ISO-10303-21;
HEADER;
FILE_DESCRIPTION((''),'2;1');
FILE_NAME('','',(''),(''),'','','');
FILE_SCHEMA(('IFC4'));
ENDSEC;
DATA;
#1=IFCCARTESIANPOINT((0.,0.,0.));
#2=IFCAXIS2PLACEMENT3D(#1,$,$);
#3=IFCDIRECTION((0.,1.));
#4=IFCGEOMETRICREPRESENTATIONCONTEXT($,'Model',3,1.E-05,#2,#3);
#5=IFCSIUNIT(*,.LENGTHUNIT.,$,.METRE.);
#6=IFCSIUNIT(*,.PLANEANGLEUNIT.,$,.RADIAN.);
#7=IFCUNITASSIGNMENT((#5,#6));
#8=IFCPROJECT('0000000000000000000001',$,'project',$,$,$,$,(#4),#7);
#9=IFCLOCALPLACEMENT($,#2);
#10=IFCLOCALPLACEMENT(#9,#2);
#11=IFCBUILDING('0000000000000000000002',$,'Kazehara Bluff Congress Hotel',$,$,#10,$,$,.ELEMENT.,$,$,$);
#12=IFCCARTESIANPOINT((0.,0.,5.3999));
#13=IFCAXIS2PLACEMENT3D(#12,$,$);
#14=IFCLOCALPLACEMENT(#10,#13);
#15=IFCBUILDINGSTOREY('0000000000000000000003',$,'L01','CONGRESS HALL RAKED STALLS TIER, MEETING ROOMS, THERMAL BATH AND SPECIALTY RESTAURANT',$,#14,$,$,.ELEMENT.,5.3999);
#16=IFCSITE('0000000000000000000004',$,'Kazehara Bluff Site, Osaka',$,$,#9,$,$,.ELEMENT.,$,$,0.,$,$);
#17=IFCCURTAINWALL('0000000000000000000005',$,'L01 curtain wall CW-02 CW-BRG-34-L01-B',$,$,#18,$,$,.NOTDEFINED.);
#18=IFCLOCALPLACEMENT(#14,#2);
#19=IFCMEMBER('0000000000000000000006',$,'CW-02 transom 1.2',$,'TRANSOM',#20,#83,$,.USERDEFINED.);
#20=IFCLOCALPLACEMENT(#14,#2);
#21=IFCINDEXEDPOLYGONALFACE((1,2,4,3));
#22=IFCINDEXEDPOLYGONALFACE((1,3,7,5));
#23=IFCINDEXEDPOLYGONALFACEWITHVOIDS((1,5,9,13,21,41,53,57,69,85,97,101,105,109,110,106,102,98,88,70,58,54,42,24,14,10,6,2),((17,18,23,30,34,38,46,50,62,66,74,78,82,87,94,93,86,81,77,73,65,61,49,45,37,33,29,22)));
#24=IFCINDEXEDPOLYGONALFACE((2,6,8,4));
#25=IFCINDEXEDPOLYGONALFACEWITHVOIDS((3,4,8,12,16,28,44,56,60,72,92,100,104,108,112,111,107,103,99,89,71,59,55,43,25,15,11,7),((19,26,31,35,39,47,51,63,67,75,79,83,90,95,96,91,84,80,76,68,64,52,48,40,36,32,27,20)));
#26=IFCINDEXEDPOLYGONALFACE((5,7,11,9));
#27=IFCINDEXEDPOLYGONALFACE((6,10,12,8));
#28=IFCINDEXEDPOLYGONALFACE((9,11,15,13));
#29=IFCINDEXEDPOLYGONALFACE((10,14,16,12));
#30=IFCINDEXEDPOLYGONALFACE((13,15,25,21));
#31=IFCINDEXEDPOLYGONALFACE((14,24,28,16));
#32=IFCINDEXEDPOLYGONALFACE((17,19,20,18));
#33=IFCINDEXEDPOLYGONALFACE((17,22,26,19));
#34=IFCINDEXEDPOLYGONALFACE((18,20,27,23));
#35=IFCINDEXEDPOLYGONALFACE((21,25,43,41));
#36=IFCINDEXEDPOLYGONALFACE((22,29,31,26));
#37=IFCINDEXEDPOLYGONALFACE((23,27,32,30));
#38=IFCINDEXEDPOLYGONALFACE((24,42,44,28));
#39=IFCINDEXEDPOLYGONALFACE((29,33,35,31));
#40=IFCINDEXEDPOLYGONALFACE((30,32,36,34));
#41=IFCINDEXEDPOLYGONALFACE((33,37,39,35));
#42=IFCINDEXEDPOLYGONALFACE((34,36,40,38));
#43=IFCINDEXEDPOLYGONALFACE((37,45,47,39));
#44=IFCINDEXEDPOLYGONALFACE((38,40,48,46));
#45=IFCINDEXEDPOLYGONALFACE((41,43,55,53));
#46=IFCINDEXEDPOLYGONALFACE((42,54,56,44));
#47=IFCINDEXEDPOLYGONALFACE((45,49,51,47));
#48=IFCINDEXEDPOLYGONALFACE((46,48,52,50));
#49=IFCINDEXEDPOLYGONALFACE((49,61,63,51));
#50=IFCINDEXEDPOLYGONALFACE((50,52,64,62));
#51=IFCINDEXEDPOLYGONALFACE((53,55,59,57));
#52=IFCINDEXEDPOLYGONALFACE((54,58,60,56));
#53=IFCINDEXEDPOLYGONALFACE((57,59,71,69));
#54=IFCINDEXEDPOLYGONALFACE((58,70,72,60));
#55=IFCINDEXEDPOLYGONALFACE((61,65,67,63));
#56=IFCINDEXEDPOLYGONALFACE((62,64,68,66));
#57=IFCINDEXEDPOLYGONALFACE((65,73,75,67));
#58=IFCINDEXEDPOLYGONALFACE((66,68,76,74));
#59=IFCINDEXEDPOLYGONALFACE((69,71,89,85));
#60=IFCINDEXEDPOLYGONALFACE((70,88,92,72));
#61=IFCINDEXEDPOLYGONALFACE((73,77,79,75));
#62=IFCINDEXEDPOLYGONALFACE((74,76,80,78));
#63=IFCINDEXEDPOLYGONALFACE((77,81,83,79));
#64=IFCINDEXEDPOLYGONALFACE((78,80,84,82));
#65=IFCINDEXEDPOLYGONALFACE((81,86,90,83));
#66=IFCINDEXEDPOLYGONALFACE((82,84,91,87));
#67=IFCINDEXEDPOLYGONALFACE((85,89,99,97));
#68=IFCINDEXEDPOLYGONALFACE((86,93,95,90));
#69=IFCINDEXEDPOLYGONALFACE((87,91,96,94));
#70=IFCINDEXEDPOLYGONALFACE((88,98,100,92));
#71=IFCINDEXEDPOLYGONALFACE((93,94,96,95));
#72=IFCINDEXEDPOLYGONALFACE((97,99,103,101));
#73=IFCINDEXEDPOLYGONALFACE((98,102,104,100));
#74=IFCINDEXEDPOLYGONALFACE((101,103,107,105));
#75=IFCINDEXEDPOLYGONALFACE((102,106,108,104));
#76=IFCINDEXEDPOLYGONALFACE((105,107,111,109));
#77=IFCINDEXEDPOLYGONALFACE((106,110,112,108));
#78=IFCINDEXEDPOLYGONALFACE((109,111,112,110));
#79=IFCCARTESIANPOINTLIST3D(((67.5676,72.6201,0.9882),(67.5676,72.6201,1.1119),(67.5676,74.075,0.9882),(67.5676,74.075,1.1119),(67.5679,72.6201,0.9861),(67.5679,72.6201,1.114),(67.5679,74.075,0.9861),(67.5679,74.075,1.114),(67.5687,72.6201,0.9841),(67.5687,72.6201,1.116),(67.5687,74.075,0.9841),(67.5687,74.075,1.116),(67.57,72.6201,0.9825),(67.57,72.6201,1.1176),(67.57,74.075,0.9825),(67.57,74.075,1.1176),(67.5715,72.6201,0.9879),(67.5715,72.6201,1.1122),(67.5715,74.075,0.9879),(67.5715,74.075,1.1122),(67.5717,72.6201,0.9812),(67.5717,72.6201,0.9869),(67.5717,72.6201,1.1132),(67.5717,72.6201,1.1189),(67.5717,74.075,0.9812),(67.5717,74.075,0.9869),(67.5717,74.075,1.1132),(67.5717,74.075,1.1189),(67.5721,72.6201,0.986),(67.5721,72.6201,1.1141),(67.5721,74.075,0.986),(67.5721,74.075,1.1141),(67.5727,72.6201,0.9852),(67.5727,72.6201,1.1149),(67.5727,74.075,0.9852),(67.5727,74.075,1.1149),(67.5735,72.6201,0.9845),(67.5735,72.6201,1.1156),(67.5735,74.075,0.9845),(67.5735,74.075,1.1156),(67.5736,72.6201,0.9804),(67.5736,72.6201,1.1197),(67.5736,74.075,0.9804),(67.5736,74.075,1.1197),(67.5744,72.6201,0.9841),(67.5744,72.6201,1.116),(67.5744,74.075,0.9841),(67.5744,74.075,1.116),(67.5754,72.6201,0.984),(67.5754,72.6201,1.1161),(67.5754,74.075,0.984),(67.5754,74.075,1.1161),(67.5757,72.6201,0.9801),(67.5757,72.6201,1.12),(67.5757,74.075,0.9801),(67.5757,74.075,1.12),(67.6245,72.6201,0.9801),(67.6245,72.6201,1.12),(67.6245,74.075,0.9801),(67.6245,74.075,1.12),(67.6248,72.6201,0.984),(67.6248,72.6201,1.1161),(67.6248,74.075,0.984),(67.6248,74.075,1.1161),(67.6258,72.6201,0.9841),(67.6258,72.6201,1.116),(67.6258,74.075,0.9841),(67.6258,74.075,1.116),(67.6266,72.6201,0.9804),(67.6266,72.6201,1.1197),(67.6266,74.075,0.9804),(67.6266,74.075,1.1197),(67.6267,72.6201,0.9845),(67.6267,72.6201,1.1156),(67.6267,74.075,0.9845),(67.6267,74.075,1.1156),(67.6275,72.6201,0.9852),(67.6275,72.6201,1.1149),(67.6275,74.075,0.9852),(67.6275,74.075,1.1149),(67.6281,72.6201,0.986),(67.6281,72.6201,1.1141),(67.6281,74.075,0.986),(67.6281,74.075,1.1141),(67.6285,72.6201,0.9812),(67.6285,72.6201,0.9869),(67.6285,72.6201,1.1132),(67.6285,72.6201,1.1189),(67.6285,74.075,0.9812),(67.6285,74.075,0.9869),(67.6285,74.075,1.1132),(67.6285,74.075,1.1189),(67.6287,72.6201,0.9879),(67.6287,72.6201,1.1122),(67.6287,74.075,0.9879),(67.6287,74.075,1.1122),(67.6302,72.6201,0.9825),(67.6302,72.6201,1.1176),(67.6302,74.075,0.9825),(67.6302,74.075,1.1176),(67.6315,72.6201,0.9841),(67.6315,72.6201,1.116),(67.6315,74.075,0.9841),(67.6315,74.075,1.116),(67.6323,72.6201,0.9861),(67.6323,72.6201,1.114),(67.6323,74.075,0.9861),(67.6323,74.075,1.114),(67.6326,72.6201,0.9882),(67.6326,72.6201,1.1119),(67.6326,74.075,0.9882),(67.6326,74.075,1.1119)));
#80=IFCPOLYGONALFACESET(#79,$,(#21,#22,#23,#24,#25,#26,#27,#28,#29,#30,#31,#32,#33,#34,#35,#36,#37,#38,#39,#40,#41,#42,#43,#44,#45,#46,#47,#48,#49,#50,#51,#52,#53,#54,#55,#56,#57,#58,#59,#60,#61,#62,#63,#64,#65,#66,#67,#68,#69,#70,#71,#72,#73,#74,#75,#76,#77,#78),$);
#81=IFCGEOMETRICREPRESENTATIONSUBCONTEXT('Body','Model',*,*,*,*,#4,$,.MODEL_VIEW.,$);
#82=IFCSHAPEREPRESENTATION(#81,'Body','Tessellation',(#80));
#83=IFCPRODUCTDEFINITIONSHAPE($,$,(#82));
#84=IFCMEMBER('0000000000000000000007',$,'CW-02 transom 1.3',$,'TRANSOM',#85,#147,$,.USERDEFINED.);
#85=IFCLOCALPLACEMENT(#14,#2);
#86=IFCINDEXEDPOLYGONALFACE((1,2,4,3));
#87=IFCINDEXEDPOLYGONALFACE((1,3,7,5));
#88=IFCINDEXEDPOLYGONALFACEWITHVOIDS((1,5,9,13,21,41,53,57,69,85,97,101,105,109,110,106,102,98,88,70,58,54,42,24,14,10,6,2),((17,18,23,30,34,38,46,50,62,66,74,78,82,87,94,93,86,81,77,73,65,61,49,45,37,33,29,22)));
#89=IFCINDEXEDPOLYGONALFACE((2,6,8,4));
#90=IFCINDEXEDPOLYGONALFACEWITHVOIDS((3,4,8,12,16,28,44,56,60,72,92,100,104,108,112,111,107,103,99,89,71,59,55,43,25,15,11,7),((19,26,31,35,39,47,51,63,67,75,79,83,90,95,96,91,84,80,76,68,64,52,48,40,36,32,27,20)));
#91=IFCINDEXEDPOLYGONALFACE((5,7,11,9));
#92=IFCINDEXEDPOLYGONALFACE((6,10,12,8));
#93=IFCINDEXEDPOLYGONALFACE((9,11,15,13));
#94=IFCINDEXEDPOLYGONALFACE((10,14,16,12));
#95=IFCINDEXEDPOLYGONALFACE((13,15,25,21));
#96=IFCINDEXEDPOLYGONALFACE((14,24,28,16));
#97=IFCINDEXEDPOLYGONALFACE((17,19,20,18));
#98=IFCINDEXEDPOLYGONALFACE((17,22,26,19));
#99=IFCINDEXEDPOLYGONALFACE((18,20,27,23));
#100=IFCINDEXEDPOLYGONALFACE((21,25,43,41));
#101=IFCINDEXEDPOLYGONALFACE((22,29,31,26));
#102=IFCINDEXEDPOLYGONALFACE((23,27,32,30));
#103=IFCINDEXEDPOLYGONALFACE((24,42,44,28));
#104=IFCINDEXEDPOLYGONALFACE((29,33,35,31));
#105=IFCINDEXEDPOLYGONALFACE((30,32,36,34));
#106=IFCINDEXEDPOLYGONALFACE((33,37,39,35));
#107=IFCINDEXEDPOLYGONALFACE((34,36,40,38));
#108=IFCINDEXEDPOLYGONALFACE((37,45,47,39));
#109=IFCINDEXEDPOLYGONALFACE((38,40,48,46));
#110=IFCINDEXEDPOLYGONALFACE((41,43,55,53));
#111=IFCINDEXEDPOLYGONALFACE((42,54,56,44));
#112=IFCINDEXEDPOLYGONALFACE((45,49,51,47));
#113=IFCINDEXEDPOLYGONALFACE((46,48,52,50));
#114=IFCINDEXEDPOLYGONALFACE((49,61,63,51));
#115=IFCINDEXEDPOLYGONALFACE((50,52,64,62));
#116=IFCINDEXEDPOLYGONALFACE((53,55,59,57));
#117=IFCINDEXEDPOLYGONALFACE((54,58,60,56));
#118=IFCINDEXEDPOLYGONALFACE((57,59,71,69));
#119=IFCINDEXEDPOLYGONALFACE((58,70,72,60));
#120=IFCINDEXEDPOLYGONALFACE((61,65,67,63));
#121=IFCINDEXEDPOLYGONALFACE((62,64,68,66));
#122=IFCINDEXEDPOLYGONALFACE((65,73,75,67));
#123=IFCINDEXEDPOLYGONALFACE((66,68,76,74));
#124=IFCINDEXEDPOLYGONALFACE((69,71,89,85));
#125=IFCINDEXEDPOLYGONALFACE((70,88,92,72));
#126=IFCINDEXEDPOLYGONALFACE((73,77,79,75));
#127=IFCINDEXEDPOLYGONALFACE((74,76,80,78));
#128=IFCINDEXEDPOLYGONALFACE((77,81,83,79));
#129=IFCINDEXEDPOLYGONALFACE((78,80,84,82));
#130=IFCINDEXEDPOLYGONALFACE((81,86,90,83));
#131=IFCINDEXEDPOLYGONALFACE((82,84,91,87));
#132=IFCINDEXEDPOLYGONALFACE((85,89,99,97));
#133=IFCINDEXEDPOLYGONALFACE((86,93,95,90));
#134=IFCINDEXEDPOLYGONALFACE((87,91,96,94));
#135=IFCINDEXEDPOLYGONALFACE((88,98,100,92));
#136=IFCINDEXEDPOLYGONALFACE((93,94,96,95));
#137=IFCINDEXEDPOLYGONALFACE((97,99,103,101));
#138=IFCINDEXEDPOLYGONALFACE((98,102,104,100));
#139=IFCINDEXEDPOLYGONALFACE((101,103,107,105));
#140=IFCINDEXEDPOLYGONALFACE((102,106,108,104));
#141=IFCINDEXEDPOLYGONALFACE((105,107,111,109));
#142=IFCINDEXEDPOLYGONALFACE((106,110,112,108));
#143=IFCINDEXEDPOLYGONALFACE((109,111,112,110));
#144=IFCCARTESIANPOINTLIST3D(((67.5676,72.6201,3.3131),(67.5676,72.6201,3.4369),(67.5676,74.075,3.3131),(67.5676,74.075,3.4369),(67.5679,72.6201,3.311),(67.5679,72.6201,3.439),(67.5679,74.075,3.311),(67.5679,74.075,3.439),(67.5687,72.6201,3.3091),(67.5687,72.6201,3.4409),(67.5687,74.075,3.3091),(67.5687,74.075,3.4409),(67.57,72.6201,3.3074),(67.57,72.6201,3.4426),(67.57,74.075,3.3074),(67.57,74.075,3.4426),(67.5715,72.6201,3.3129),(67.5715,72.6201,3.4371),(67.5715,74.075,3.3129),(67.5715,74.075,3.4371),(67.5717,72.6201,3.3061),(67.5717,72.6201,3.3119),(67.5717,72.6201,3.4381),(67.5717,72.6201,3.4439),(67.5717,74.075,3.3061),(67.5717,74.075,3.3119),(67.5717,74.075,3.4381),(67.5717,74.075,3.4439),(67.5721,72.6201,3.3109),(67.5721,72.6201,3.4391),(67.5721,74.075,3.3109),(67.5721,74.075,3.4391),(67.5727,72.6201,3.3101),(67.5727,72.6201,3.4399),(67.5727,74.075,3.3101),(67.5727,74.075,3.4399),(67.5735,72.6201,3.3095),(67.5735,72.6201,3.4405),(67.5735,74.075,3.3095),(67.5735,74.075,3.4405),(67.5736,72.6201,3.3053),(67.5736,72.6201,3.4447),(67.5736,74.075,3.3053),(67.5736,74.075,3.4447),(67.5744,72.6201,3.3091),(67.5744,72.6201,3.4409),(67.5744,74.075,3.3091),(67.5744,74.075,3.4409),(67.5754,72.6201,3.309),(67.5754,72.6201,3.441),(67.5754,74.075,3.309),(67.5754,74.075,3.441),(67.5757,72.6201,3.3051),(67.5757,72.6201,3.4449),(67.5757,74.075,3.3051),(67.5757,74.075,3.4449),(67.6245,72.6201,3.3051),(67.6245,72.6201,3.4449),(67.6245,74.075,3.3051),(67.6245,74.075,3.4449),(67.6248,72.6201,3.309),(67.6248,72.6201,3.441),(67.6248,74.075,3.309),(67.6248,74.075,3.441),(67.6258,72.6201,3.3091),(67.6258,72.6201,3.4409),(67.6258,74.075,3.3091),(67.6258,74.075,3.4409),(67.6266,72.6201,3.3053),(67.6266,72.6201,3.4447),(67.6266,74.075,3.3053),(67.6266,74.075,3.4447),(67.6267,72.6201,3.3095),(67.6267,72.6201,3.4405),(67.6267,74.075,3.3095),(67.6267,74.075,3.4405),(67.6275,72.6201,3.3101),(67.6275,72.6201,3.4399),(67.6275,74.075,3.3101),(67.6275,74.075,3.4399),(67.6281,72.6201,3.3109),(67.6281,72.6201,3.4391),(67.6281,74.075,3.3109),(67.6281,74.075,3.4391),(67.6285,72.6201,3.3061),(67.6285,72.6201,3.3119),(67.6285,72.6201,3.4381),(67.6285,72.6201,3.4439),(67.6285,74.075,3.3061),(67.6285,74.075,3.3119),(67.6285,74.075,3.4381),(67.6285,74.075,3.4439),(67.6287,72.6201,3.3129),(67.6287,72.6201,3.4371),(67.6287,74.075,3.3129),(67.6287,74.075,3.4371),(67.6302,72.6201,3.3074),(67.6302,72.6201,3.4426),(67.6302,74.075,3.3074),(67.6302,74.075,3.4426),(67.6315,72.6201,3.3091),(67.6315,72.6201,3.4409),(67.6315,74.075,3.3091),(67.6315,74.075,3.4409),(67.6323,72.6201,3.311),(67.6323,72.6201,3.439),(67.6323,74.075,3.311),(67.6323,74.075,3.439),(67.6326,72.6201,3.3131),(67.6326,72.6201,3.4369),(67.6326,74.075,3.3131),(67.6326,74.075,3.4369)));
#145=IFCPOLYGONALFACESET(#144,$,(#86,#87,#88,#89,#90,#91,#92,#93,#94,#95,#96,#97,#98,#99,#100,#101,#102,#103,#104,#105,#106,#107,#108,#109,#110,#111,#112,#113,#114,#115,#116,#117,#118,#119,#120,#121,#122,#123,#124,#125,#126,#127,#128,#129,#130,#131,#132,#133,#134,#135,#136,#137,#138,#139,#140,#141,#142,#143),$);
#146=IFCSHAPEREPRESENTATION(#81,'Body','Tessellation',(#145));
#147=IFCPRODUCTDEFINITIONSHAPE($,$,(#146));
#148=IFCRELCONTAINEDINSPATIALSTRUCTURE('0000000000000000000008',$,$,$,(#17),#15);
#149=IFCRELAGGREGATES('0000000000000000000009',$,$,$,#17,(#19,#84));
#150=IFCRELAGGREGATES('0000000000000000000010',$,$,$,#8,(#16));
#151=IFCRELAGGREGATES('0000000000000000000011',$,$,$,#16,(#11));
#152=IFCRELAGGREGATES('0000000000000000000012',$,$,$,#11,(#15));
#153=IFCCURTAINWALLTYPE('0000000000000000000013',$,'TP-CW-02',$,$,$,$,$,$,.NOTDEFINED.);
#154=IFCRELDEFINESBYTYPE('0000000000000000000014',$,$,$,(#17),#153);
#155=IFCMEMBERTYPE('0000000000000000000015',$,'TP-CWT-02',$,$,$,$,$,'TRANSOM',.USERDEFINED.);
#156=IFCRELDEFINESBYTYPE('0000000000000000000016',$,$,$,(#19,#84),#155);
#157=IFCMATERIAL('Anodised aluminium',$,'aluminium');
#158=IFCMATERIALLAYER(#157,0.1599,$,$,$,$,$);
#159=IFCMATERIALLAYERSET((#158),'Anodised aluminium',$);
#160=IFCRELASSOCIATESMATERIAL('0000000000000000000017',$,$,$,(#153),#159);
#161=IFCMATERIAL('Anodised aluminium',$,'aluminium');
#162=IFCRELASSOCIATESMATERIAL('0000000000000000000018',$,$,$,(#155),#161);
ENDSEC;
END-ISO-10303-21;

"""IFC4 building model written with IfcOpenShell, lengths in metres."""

from ifc_helpers import new_model, si_unit, direction, frame, origin, origin_2d, place, context, subcontext, project, spatial, hollow_rectangle, extrude, material, layer, layer_set, material_profile, profile_set, type_object, element, aggregate, save


model = new_model("IFC4")

# Units and contexts
model_context = context("Model", 3, precision=1e-05, world=origin(), true_north=direction((0.0, 1.0)))
body_context = subcontext(model_context, "Body", "Model", "MODEL_VIEW")
ifc_project = project(units=[si_unit("LENGTHUNIT", "METRE"), si_unit("PLANEANGLEUNIT", "RADIAN")], contexts=[model_context])

# Site, building, storey
site_placement = place(None, origin())
site = spatial("IfcSite", under=ifc_project, at=site_placement, Name="Kazehara Bluff Site, Osaka", CompositionType="ELEMENT", RefElevation=0.0)
building_placement = place(site_placement, origin())
building = spatial("IfcBuilding", under=site, at=building_placement, Name="Kazehara Bluff Congress Hotel", CompositionType="ELEMENT")
storey_placement = place(building_placement, frame((0.0, 0.0, 5.3999)))
storey = spatial("IfcBuildingStorey", under=building, at=storey_placement, Name="L01", Description="CONGRESS HALL RAKED STALLS TIER, MEETING ROOMS, THERMAL BATH AND SPECIALTY RESTAURANT", CompositionType="ELEMENT", Elevation=5.3999)

# Curtain wall
ifc_material_1 = material(Name="Anodised aluminium", Category="aluminium")
ifc_layer_1 = layer(ifc_material_1, 0.1599)
ifc_layer_set_1 = layer_set([ifc_layer_1], Name="Anodised aluminium")
curtain_wall_type = type_object("IfcCurtainWallType", Name="TP-CW-02", PredefinedType="NOTDEFINED", material=ifc_layer_set_1)
curtain_wall_1_placement = place(storey_placement, origin())
curtain_wall_1 = element("IfcCurtainWall", 1, at=curtain_wall_1_placement, inside=storey, type_object=curtain_wall_type, Name="L01 curtain wall CW-02 CW-BRG-34-L01-B", PredefinedType="NOTDEFINED")

# Shared definitions
ifc_material_2 = material(Name="Anodised aluminium", Category="aluminium")
ifc_material_profile_1 = material_profile(ifc_material_2, hollow_rectangle(XDim=0.0649, YDim=0.1399, WallThickness=0.0039, InnerFilletRadius=0.0039, OuterFilletRadius=0.0081, at=origin_2d()))
ifc_profile_set_1 = profile_set([ifc_material_profile_1], Name="Anodised aluminium")
member_type_1 = type_object("IfcMemberType", Name="TP-CWT-02", ElementType="TRANSOM", PredefinedType="USERDEFINED", material=ifc_profile_set_1)

# Members
member_1_placement = place(storey_placement, frame((67.6001, 72.6201, 1.05), z_axis=(0.0, 1.0, 0.0), x_axis=(-1.0, 0.0, 0.0)))
member_1 = element("IfcMember", 2, at=member_1_placement, type_object=member_type_1, Name="CW-02 transom 1.2", ObjectType="TRANSOM", PredefinedType="USERDEFINED", context=body_context, shape_type="SweptSolid", body=[
    extrude(hollow_rectangle(XDim=0.0649, YDim=0.1399, WallThickness=0.0039, InnerFilletRadius=0.0039, OuterFilletRadius=0.0081, at=origin_2d()), origin(), (0.0, 0.0, 1.0), 1.4548),
])
member_2_placement = place(storey_placement, frame((67.6001, 72.6201, 3.375), z_axis=(0.0, 1.0, 0.0), x_axis=(-1.0, 0.0, 0.0)))
member_2 = element("IfcMember", 3, at=member_2_placement, type_object=member_type_1, Name="CW-02 transom 1.3", ObjectType="TRANSOM", PredefinedType="USERDEFINED", context=body_context, shape_type="SweptSolid", body=[
    extrude(hollow_rectangle(XDim=0.0649, YDim=0.1399, WallThickness=0.0039, InnerFilletRadius=0.0039, OuterFilletRadius=0.0081, at=origin_2d()), origin(), (0.0, 0.0, 1.0), 1.4548),
])

aggregate(curtain_wall_1, [member_1, member_2])

save(model, "model.ifc")
